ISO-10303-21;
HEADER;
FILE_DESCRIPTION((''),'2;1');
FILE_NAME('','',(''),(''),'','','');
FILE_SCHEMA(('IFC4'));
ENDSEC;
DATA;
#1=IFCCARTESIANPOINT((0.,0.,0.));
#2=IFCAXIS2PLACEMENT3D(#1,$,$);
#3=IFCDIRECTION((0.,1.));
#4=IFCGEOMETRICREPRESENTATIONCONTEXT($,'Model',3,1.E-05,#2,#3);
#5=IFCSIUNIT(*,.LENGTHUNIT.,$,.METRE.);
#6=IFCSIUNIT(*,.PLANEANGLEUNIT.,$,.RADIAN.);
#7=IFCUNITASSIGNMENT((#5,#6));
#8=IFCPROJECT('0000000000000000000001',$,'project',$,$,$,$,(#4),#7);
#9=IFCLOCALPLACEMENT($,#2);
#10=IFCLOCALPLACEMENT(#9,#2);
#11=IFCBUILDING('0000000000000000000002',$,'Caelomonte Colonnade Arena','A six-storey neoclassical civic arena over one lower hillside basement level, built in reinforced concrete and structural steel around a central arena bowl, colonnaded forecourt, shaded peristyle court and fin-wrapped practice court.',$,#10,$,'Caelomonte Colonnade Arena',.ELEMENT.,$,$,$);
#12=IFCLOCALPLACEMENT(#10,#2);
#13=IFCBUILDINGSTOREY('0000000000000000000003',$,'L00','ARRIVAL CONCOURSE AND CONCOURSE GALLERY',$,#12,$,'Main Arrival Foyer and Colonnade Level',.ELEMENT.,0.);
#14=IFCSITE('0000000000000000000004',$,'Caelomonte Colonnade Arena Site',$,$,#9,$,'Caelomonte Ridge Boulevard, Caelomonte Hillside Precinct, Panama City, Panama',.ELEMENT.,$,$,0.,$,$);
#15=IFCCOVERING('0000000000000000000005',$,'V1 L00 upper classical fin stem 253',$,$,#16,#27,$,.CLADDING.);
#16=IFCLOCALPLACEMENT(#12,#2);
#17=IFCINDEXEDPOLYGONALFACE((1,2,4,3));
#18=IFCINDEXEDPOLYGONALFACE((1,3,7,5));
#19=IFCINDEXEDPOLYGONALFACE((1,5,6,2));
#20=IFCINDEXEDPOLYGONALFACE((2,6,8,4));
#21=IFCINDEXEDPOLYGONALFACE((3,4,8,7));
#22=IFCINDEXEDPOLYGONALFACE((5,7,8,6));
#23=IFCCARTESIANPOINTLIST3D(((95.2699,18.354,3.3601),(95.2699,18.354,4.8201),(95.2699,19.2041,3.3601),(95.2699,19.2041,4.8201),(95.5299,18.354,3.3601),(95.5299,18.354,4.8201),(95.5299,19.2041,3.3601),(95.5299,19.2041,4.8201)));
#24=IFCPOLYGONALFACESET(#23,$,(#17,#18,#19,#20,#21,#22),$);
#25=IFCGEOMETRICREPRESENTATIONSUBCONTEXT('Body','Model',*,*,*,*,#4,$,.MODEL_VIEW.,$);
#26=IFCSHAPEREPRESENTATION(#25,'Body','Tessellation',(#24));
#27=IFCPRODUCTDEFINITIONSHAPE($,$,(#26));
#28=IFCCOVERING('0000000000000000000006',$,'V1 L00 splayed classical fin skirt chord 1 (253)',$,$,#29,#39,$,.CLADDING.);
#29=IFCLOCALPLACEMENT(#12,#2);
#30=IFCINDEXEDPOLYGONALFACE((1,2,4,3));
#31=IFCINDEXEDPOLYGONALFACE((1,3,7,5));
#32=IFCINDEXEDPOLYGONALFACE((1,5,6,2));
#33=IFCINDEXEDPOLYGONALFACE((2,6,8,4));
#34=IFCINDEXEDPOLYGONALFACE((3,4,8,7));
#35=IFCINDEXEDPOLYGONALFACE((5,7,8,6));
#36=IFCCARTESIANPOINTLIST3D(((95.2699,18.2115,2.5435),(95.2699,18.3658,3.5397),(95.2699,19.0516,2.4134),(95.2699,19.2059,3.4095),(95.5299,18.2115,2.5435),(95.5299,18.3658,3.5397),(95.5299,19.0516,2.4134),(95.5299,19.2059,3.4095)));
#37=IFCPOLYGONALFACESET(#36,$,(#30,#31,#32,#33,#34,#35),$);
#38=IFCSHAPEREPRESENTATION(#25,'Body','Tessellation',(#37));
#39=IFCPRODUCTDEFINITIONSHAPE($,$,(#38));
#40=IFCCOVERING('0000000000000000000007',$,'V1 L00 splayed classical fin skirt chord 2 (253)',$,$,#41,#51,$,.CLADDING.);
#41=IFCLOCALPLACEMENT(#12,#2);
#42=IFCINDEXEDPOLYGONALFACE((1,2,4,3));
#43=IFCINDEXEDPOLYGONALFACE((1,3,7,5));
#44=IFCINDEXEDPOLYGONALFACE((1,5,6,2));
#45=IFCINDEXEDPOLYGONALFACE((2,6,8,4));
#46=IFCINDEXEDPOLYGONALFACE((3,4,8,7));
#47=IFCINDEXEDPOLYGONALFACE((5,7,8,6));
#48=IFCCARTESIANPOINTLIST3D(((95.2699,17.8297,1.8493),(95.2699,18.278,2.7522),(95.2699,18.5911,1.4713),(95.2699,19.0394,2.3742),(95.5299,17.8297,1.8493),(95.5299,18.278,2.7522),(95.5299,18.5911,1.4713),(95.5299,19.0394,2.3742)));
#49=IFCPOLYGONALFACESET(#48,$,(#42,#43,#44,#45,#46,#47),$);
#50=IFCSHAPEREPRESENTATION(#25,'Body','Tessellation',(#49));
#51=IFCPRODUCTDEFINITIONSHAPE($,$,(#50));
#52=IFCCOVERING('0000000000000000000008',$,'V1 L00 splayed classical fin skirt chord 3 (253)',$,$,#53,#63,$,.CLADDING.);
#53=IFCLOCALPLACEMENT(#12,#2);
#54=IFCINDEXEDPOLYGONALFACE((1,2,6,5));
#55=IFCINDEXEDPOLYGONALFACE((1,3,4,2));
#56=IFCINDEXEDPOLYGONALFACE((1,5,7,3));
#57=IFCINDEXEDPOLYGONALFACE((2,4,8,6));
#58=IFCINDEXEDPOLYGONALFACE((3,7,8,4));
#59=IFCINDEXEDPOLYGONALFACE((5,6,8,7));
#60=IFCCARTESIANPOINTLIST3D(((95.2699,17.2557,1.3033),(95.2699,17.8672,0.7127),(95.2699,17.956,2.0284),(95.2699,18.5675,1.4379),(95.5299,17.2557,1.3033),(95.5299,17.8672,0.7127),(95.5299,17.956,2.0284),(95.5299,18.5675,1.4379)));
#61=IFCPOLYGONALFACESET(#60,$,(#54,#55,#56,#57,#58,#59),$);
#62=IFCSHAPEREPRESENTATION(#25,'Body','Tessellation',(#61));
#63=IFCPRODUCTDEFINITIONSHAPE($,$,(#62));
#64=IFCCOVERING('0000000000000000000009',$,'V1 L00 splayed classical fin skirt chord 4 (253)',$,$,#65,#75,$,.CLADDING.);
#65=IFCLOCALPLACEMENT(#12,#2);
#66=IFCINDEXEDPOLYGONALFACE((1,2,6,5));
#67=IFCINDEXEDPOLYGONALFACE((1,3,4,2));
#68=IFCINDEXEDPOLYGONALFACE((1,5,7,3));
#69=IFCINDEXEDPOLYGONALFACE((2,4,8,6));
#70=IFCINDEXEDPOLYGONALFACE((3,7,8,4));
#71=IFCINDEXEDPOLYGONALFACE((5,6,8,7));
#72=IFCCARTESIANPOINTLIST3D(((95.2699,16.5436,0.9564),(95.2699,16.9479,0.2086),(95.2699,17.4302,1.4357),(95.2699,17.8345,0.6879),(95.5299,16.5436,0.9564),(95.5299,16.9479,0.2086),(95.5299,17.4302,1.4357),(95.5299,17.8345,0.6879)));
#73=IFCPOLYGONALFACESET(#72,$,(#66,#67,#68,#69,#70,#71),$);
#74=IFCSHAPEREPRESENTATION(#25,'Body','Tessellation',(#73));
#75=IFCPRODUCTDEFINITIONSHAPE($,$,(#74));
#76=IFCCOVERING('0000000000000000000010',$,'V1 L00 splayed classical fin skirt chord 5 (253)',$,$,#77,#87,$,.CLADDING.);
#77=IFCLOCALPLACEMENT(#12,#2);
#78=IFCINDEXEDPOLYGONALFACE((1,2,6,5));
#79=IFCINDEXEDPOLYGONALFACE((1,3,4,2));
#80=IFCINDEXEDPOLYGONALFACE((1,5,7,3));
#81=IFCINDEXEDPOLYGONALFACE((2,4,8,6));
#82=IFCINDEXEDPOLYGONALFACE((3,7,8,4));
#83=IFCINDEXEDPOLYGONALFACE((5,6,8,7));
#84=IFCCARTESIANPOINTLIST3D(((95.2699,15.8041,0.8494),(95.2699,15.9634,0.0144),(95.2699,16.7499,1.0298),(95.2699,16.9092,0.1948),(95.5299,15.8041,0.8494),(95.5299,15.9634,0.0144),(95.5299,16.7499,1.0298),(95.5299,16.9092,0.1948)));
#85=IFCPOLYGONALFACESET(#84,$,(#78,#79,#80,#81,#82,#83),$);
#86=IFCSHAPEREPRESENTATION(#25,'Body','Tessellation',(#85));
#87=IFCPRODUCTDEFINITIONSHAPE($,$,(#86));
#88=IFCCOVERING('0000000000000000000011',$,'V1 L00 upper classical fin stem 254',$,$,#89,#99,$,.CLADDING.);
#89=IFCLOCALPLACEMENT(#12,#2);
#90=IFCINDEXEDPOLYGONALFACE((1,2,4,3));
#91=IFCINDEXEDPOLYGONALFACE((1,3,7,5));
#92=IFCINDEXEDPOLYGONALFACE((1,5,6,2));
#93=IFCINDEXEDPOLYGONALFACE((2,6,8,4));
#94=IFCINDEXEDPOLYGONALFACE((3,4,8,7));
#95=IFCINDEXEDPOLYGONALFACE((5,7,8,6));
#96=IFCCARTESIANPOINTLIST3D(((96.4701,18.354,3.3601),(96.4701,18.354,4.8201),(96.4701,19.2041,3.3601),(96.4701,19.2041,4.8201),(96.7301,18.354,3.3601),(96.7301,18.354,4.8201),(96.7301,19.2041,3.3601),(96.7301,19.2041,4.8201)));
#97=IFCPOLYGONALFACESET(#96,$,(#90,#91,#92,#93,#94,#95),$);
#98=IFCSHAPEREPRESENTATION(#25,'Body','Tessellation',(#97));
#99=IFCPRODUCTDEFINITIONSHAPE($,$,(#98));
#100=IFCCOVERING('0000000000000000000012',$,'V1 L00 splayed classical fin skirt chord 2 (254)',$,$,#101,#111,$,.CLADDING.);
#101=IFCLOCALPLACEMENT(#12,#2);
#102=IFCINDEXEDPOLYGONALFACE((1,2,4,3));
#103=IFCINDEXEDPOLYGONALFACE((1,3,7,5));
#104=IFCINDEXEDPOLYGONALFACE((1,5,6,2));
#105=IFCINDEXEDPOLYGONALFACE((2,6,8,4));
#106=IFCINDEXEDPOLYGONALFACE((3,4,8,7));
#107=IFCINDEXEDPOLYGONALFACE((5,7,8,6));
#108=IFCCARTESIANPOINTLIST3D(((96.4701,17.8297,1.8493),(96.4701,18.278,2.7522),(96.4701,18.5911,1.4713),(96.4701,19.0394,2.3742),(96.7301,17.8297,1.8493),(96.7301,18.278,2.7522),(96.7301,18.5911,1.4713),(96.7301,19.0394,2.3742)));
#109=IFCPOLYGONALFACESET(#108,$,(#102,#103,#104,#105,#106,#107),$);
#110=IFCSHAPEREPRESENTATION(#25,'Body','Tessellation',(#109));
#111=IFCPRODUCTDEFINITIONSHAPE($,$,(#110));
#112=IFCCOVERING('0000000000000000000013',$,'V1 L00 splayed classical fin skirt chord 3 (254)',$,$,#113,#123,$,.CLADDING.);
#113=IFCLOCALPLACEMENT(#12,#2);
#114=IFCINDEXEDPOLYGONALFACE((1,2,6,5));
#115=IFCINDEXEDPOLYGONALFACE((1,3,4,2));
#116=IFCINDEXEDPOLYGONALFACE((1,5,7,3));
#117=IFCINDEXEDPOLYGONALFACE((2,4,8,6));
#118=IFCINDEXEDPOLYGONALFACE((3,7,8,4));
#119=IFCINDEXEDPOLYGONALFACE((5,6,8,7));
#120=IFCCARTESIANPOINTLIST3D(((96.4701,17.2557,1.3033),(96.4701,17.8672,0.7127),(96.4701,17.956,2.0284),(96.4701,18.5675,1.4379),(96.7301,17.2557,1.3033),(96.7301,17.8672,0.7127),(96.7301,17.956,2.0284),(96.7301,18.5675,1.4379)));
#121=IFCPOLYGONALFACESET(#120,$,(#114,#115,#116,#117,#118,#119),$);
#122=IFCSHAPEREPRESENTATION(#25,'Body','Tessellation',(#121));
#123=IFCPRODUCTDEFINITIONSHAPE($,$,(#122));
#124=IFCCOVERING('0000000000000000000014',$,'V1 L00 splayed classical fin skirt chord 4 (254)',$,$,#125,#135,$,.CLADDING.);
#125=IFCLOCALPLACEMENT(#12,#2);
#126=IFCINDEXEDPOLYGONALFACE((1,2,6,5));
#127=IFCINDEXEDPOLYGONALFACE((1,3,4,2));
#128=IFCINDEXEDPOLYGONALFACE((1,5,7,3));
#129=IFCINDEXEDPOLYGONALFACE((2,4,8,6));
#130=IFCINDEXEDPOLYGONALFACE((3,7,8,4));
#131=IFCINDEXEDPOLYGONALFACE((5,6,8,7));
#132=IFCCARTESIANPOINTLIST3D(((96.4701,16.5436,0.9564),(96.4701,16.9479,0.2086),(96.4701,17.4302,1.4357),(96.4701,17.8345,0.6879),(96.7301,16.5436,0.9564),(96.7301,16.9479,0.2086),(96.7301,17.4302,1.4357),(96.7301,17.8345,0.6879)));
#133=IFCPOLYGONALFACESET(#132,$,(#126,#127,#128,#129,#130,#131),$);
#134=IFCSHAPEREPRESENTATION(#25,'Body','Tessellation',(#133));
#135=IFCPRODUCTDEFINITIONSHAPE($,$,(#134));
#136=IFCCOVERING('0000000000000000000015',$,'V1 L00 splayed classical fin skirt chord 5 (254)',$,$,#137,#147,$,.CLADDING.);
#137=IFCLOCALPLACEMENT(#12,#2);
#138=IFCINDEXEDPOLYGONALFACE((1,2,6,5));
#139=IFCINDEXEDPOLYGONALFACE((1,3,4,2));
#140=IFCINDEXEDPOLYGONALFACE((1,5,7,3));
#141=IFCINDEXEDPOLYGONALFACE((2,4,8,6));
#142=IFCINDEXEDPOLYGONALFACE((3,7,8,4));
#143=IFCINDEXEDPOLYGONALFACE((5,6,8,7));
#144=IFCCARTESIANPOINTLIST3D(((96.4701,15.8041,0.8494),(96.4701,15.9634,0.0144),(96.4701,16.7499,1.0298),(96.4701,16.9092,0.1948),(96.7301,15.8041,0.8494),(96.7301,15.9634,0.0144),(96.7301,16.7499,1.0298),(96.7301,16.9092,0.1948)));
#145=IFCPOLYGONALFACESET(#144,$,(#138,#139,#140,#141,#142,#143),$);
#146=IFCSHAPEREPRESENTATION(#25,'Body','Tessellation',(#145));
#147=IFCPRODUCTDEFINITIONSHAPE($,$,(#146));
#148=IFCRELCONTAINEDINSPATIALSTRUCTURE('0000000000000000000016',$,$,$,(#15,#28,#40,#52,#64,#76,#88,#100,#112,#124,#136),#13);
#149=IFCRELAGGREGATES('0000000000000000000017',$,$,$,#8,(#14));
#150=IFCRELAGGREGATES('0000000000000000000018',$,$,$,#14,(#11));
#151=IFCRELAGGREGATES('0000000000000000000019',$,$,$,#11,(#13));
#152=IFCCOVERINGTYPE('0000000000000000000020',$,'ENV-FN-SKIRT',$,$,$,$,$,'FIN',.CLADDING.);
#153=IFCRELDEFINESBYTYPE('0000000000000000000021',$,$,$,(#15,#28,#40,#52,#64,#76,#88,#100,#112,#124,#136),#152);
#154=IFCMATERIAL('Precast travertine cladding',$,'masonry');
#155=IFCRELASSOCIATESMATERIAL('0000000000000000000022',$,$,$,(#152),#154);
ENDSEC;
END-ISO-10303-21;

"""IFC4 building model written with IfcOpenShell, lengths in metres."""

from ifc_helpers import new_model, si_unit, direction, frame, origin, origin_2d, place, context, subcontext, project, spatial, rectangle, extrude, material, material_profile, profile_set, type_object, element, save


model = new_model("IFC4")

# Units and contexts
model_context = context("Model", 3, precision=1e-05, world=origin(), true_north=direction((0.0, 1.0)))
body_context = subcontext(model_context, "Body", "Model", "MODEL_VIEW")
ifc_project = project(units=[si_unit("LENGTHUNIT", "METRE"), si_unit("PLANEANGLEUNIT", "RADIAN")], contexts=[model_context])

# Site, building, storey
site_placement = place(None, origin())
site = spatial("IfcSite", under=ifc_project, at=site_placement, Name="Caelomonte Colonnade Arena Site", LongName="Caelomonte Ridge Boulevard, Caelomonte Hillside Precinct, Panama City, Panama", CompositionType="ELEMENT", RefElevation=0.0)
building_placement = place(site_placement, origin())
building = spatial("IfcBuilding", under=site, at=building_placement, Name="Caelomonte Colonnade Arena", Description="A six-storey neoclassical civic arena over one lower hillside basement level, built in reinforced concrete and structural steel around a central arena bowl, colonnaded forecourt, shaded peristyle court and fin-wrapped practice court.", LongName="Caelomonte Colonnade Arena", CompositionType="ELEMENT")
storey_placement = place(building_placement, origin())
storey = spatial("IfcBuildingStorey", under=building, at=storey_placement, Name="L00", Description="ARRIVAL CONCOURSE AND CONCOURSE GALLERY", LongName="Main Arrival Foyer and Colonnade Level", CompositionType="ELEMENT", Elevation=0.0)

# Coverings
ifc_material = material(Name="Precast travertine cladding", Category="masonry")
ifc_material_profile = material_profile(ifc_material, rectangle(XDim=0.26, YDim=0.8501, at=origin_2d()), Name="FIN260X850")
ifc_profile_set = profile_set([ifc_material_profile], Name="Precast travertine cladding")
covering_type = type_object("IfcCoveringType", Name="ENV-FN-SKIRT", ElementType="FIN", PredefinedType="CLADDING", material=ifc_profile_set)
covering_1_placement = place(storey_placement, frame((95.3999, 18.7791, 3.3601), z_axis=(0.0, 0.0, 1.0), x_axis=(-1.0, 0.0, 0.0)))
element("IfcCovering", 1, at=covering_1_placement, inside=storey, type_object=covering_type, Name="V1 L00 upper classical fin stem 253", PredefinedType="CLADDING", context=body_context, shape_type="SweptSolid", body=[
    extrude(rectangle(XDim=0.26, YDim=0.8501, at=origin_2d()), origin(), (0.0, 0.0, 1.0), 1.46),
])
for number, where, z_axis, x_axis, name in (
    (2, (95.3999, 18.7859, 3.4746), (0.0, -0.153076, -0.988214), (-1.0, 0.0, 0.0), "V1 L00 splayed classical fin skirt chord 1 (253)"),
    (3, (95.3999, 18.6587, 2.5632), (0.0, -0.444693, -0.895683), (-1.0, 0.0, 0.0), "V1 L00 splayed classical fin skirt chord 2 (253)"),
    (4, (95.3999, 18.2617, 1.7332), (0.0, -0.694646, -0.719351), (-1.0, 0.0, 0.0), "V1 L00 splayed classical fin skirt chord 3 (253)"),
):
    element("IfcCovering", number, at=place(storey_placement, frame(where, z_axis=z_axis, x_axis=x_axis)), inside=storey, type_object=covering_type, Name=name, PredefinedType="CLADDING", context=body_context, shape_type="SweptSolid", body=[
        extrude(rectangle(XDim=0.26, YDim=0.8501, at=origin_2d()), origin(), (0.0, 0.0, 1.0), 1.0081),
    ])
covering_2_placement = place(storey_placement, frame((95.3999, 17.6323, 1.0618), z_axis=(0.0, -0.879676, -0.475573), x_axis=(-1.0, 0.0, 0.0)))
element("IfcCovering", 5, at=covering_2_placement, inside=storey, type_object=covering_type, Name="V1 L00 splayed classical fin skirt chord 4 (253)", PredefinedType="CLADDING", context=body_context, shape_type="SweptSolid", body=[
    extrude(rectangle(XDim=0.26, YDim=0.8501, at=origin_2d()), origin(), (0.0, 0.0, 1.0), 1.0078),
])
covering_3_placement = place(storey_placement, frame((95.3999, 16.8296, 0.6123), z_axis=(0.0, -0.982287, -0.18738), x_axis=(-1.0, 0.0, 0.0)))
element("IfcCovering", 6, at=covering_3_placement, inside=storey, type_object=covering_type, Name="V1 L00 splayed classical fin skirt chord 5 (253)", PredefinedType="CLADDING", context=body_context, shape_type="SweptSolid", body=[
    extrude(rectangle(XDim=0.26, YDim=0.8501, at=origin_2d()), origin(), (0.0, 0.0, 1.0), 0.9629),
])
covering_4_placement = place(storey_placement, frame((96.6001, 18.7791, 3.3601), z_axis=(0.0, 0.0, 1.0), x_axis=(-1.0, 0.0, 0.0)))
element("IfcCovering", 7, at=covering_4_placement, inside=storey, type_object=covering_type, Name="V1 L00 upper classical fin stem 254", PredefinedType="CLADDING", context=body_context, shape_type="SweptSolid", body=[
    extrude(rectangle(XDim=0.26, YDim=0.8501, at=origin_2d()), origin(), (0.0, 0.0, 1.0), 1.46),
])
for number, where, z_axis, x_axis, name in (
    (8, (96.6001, 18.6587, 2.5632), (0.0, -0.444693, -0.895683), (-1.0, 0.0, 0.0), "V1 L00 splayed classical fin skirt chord 2 (254)"),
    (9, (96.6001, 18.2617, 1.7332), (0.0, -0.694646, -0.719351), (-1.0, 0.0, 0.0), "V1 L00 splayed classical fin skirt chord 3 (254)"),
):
    element("IfcCovering", number, at=place(storey_placement, frame(where, z_axis=z_axis, x_axis=x_axis)), inside=storey, type_object=covering_type, Name=name, PredefinedType="CLADDING", context=body_context, shape_type="SweptSolid", body=[
        extrude(rectangle(XDim=0.26, YDim=0.8501, at=origin_2d()), origin(), (0.0, 0.0, 1.0), 1.0081),
    ])
covering_5_placement = place(storey_placement, frame((96.6001, 17.6323, 1.0618), z_axis=(0.0, -0.879676, -0.475573), x_axis=(-1.0, 0.0, 0.0)))
element("IfcCovering", 10, at=covering_5_placement, inside=storey, type_object=covering_type, Name="V1 L00 splayed classical fin skirt chord 4 (254)", PredefinedType="CLADDING", context=body_context, shape_type="SweptSolid", body=[
    extrude(rectangle(XDim=0.26, YDim=0.8501, at=origin_2d()), origin(), (0.0, 0.0, 1.0), 1.0078),
])
covering_6_placement = place(storey_placement, frame((96.6001, 16.8296, 0.6123), z_axis=(0.0, -0.982287, -0.18738), x_axis=(-1.0, 0.0, 0.0)))
element("IfcCovering", 11, at=covering_6_placement, inside=storey, type_object=covering_type, Name="V1 L00 splayed classical fin skirt chord 5 (254)", PredefinedType="CLADDING", context=body_context, shape_type="SweptSolid", body=[
    extrude(rectangle(XDim=0.26, YDim=0.8501, at=origin_2d()), origin(), (0.0, 0.0, 1.0), 0.9629),
])

save(model, "model.ifc")
